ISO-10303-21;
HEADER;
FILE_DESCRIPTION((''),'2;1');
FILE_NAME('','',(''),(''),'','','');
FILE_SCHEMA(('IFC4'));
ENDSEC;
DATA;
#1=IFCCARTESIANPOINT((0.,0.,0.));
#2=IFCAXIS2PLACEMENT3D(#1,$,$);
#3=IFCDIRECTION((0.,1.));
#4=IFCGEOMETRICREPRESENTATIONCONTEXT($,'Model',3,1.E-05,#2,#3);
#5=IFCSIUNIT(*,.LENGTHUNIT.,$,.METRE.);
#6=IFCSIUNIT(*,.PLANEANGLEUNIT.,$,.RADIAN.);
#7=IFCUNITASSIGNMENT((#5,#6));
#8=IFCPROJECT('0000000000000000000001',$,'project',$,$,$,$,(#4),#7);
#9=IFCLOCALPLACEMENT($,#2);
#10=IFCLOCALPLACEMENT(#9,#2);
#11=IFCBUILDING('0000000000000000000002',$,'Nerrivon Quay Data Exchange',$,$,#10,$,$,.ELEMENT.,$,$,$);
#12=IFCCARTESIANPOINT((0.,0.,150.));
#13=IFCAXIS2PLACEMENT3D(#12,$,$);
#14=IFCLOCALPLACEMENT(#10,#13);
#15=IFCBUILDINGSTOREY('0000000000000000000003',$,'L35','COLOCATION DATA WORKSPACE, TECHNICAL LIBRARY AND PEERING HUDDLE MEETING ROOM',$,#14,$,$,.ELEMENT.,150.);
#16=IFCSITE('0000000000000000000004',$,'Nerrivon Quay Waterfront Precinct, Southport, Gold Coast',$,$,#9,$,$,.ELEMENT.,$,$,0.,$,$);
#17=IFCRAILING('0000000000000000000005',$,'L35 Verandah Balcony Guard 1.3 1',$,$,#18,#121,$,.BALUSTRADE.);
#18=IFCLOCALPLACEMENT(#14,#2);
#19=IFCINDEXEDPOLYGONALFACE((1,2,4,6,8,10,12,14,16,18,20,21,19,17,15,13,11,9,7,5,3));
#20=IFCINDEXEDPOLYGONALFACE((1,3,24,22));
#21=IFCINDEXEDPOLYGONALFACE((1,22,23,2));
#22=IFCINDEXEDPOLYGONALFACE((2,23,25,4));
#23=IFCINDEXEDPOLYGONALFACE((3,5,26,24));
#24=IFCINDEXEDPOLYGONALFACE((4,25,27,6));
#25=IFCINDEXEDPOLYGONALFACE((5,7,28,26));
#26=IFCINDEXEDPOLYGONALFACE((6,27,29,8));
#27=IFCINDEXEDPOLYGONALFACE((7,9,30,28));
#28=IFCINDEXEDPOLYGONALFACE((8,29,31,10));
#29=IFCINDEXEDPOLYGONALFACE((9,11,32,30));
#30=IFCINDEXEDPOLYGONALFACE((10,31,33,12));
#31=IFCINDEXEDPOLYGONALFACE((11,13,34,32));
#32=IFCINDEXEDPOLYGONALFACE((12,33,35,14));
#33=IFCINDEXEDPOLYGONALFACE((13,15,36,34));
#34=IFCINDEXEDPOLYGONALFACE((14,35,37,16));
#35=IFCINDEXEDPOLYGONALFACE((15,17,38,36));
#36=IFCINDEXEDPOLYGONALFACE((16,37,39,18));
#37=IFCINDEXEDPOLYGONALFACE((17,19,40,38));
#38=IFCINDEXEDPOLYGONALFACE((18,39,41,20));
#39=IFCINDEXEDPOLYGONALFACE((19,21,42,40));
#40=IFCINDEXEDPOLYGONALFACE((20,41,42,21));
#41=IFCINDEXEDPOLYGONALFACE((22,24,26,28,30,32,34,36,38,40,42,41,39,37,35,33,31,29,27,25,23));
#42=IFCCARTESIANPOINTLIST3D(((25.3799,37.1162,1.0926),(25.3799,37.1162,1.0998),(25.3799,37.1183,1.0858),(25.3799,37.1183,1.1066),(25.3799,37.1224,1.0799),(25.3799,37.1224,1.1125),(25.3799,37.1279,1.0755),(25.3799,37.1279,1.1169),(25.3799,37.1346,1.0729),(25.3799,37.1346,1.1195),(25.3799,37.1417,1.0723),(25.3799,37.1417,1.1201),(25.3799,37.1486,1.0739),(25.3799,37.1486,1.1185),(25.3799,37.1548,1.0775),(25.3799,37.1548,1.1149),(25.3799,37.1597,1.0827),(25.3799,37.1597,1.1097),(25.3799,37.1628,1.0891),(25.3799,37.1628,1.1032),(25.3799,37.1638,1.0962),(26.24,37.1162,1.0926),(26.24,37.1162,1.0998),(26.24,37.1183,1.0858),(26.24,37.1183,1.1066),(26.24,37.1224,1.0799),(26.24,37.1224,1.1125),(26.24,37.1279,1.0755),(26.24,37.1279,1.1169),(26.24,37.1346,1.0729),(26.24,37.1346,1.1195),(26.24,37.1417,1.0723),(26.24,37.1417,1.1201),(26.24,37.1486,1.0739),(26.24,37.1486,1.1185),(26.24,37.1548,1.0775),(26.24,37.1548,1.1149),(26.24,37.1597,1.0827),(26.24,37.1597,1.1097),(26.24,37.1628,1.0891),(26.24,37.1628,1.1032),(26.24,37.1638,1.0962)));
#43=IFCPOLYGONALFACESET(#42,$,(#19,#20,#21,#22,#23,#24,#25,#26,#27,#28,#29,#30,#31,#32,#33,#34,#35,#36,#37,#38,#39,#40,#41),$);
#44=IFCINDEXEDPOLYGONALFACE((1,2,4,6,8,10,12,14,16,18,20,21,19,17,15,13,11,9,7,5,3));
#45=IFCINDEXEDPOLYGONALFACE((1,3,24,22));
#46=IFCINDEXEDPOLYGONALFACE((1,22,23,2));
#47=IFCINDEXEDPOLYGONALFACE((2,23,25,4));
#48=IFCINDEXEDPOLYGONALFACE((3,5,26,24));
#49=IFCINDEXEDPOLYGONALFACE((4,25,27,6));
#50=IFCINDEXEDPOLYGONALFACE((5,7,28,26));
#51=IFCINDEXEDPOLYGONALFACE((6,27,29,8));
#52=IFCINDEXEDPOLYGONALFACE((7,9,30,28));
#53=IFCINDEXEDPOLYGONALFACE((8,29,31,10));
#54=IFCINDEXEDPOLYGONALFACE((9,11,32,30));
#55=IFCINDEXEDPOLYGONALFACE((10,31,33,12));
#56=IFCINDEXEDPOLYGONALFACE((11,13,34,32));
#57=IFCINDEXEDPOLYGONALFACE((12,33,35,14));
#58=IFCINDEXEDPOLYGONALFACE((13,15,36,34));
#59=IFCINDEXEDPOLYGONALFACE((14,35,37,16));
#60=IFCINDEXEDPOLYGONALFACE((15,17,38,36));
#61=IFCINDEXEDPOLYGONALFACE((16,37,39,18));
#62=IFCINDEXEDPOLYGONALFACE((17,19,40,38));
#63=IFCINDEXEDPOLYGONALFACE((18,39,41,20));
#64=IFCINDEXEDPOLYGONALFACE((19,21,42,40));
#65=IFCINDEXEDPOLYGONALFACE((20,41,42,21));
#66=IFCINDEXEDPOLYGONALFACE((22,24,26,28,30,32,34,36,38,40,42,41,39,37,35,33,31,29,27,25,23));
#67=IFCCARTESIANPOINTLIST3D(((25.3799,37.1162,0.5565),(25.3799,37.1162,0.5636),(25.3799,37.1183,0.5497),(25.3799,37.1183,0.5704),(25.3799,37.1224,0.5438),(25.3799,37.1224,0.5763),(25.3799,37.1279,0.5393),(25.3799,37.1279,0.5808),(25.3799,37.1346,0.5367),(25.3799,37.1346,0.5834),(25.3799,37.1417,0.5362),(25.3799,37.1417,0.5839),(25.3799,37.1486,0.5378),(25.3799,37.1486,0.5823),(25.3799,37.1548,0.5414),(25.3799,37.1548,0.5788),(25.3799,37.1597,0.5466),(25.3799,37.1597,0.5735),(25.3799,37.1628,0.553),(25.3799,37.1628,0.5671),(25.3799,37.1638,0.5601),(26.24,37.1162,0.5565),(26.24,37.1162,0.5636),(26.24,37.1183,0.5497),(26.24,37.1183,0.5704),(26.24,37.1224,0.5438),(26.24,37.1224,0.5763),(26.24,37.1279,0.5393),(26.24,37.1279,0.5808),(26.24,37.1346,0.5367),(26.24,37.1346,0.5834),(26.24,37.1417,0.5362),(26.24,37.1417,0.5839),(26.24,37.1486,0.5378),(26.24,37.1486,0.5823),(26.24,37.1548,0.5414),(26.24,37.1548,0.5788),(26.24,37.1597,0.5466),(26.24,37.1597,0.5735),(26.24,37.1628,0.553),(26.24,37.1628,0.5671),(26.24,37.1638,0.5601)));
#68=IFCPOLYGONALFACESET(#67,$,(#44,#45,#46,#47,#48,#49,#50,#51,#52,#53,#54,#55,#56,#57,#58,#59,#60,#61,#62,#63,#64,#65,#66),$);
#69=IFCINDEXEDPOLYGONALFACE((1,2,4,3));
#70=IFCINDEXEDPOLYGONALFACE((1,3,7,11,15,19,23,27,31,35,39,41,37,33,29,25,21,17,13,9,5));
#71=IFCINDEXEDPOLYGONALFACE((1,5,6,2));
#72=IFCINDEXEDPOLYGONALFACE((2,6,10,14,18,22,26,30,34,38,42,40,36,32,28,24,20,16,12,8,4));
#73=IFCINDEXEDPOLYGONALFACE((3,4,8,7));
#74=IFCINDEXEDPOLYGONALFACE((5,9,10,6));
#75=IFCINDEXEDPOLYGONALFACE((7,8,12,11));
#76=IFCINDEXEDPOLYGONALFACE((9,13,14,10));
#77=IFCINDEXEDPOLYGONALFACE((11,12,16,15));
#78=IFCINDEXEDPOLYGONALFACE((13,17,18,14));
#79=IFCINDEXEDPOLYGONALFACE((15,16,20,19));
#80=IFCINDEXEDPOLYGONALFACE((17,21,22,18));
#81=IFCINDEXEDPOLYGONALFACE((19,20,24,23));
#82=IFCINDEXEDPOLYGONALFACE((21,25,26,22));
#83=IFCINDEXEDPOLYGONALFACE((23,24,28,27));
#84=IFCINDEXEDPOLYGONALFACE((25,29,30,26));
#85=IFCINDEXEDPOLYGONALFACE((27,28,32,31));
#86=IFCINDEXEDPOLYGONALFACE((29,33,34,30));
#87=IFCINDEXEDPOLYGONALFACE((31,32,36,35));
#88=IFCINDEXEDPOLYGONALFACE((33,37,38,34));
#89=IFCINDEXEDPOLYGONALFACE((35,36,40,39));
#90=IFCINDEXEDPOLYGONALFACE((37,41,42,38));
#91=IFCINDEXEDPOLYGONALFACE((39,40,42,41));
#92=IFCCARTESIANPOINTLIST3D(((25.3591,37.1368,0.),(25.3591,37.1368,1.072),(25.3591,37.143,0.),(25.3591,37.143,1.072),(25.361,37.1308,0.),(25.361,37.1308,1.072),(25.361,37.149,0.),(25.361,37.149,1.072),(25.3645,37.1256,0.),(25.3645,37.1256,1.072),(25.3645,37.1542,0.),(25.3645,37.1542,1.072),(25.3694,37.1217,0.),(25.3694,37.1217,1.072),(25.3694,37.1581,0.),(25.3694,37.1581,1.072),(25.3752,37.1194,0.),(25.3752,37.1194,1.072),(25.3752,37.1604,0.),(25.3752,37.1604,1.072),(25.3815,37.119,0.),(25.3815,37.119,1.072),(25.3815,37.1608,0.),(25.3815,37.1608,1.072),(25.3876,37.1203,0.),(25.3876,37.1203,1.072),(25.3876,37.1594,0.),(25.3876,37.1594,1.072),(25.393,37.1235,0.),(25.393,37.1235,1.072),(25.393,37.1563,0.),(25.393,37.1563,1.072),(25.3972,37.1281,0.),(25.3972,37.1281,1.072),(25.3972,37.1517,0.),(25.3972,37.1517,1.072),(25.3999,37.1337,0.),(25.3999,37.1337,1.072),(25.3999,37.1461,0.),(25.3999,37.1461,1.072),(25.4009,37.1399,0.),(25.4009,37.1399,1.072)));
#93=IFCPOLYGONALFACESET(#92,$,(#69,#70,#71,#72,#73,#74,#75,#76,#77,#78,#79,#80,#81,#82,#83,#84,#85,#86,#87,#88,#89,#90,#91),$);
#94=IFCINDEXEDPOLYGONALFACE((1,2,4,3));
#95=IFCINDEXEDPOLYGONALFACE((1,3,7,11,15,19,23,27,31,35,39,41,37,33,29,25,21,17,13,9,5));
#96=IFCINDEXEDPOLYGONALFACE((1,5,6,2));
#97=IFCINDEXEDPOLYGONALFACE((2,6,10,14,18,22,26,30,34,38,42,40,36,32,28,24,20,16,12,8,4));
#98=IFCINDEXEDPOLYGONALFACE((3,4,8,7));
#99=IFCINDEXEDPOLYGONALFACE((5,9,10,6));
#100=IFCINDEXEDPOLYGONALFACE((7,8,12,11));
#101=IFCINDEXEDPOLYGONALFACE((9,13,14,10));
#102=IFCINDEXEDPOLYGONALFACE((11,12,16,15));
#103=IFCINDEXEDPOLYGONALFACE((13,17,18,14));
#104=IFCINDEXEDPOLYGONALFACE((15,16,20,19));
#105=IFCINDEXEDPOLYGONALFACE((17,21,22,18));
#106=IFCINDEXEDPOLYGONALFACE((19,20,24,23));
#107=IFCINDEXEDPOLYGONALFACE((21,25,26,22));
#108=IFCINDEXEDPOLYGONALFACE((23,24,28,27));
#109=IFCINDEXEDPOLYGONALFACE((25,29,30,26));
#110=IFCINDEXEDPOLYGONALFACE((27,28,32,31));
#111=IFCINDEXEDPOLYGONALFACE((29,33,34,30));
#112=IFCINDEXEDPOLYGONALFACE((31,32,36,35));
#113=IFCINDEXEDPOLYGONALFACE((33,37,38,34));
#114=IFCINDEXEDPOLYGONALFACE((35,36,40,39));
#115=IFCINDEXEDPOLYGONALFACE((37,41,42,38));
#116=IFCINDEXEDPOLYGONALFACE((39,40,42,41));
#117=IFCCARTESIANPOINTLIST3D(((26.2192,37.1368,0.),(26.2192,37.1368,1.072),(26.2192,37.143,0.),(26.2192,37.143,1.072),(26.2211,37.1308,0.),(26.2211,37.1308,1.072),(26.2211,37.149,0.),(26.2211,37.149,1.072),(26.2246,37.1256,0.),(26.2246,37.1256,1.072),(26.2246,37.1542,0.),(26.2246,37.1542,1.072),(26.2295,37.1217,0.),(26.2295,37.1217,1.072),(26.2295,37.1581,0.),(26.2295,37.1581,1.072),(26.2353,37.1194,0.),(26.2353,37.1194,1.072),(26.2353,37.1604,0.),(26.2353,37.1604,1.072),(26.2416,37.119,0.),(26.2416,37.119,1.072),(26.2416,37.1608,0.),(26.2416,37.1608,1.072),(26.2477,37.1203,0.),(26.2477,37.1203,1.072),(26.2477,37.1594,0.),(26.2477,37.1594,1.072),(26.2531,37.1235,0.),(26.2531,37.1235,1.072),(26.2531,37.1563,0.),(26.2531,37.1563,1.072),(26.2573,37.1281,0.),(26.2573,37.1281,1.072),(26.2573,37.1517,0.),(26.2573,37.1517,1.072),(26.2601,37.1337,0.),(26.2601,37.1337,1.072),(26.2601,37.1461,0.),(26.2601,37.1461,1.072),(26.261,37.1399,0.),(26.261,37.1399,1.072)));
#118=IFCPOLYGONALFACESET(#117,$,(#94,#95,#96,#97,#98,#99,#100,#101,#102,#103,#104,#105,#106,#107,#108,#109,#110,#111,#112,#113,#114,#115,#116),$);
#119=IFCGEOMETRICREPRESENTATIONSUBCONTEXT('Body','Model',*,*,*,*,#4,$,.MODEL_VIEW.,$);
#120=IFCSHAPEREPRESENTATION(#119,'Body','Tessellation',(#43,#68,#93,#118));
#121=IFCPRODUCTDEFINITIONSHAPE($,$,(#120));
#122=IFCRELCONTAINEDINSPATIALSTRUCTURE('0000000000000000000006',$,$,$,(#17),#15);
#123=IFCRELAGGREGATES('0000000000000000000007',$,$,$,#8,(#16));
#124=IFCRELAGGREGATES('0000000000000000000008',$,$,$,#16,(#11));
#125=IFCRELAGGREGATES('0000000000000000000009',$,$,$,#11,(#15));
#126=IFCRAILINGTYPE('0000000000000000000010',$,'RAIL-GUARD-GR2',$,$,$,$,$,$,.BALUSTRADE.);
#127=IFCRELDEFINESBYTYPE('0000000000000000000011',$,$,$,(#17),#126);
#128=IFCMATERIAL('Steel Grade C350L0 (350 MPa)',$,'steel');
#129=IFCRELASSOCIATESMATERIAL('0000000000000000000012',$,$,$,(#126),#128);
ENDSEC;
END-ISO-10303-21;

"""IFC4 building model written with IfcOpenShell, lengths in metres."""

from ifc_helpers import new_model, si_unit, direction, frame, origin, origin_2d, place, context, subcontext, project, spatial, circle, extrude, material, type_object, element, save


model = new_model("IFC4")

# Units and contexts
model_context = context("Model", 3, precision=1e-05, world=origin(), true_north=direction((0.0, 1.0)))
body_context = subcontext(model_context, "Body", "Model", "MODEL_VIEW")
ifc_project = project(units=[si_unit("LENGTHUNIT", "METRE"), si_unit("PLANEANGLEUNIT", "RADIAN")], contexts=[model_context])

# Site, building, storey
site_placement = place(None, origin())
site = spatial("IfcSite", under=ifc_project, at=site_placement, Name="Nerrivon Quay Waterfront Precinct, Southport, Gold Coast", CompositionType="ELEMENT", RefElevation=0.0)
building_placement = place(site_placement, origin())
building = spatial("IfcBuilding", under=site, at=building_placement, Name="Nerrivon Quay Data Exchange", CompositionType="ELEMENT")
storey_placement = place(building_placement, frame((0.0, 0.0, 150.0)))
storey = spatial("IfcBuildingStorey", under=building, at=storey_placement, Name="L35", Description="COLOCATION DATA WORKSPACE, TECHNICAL LIBRARY AND PEERING HUDDLE MEETING ROOM", CompositionType="ELEMENT", Elevation=150.0)

# Railing
ifc_material_1 = material(Name="Steel Grade C350L0 (350 MPa)", Category="steel")
railing_type = type_object("IfcRailingType", Name="RAIL-GUARD-GR2", PredefinedType="BALUSTRADE", material=ifc_material_1)
railing_1_placement = place(storey_placement, frame((25.3799, 37.1399, 0.0)))
element("IfcRailing", 1, at=railing_1_placement, inside=storey, type_object=railing_type, Name="L35 Verandah Balcony Guard 1.3 1", PredefinedType="BALUSTRADE", context=body_context, shape_type="SweptSolid", body=[
    extrude(circle(Radius=0.0239, at=origin_2d()), frame((0.0, 0.0, 1.0962), z_axis=(1.0, 0.0, 0.0), x_axis=(0.0, 1.0, 0.0)), (0.0, 0.0, 1.0), 0.8601),
    extrude(circle(Radius=0.0239, at=origin_2d()), frame((0.0, 0.0, 0.5601), z_axis=(1.0, 0.0, 0.0), x_axis=(0.0, 1.0, 0.0)), (0.0, 0.0, 1.0), 0.8601),
    extrude(circle(Radius=0.021, at=origin_2d()), origin(), (0.0, 0.0, 1.0), 1.072),
    extrude(circle(Radius=0.021, at=origin_2d()), frame((0.8601, 0.0, 0.0)), (0.0, 0.0, 1.0), 1.072),
])

save(model, "model.ifc")
